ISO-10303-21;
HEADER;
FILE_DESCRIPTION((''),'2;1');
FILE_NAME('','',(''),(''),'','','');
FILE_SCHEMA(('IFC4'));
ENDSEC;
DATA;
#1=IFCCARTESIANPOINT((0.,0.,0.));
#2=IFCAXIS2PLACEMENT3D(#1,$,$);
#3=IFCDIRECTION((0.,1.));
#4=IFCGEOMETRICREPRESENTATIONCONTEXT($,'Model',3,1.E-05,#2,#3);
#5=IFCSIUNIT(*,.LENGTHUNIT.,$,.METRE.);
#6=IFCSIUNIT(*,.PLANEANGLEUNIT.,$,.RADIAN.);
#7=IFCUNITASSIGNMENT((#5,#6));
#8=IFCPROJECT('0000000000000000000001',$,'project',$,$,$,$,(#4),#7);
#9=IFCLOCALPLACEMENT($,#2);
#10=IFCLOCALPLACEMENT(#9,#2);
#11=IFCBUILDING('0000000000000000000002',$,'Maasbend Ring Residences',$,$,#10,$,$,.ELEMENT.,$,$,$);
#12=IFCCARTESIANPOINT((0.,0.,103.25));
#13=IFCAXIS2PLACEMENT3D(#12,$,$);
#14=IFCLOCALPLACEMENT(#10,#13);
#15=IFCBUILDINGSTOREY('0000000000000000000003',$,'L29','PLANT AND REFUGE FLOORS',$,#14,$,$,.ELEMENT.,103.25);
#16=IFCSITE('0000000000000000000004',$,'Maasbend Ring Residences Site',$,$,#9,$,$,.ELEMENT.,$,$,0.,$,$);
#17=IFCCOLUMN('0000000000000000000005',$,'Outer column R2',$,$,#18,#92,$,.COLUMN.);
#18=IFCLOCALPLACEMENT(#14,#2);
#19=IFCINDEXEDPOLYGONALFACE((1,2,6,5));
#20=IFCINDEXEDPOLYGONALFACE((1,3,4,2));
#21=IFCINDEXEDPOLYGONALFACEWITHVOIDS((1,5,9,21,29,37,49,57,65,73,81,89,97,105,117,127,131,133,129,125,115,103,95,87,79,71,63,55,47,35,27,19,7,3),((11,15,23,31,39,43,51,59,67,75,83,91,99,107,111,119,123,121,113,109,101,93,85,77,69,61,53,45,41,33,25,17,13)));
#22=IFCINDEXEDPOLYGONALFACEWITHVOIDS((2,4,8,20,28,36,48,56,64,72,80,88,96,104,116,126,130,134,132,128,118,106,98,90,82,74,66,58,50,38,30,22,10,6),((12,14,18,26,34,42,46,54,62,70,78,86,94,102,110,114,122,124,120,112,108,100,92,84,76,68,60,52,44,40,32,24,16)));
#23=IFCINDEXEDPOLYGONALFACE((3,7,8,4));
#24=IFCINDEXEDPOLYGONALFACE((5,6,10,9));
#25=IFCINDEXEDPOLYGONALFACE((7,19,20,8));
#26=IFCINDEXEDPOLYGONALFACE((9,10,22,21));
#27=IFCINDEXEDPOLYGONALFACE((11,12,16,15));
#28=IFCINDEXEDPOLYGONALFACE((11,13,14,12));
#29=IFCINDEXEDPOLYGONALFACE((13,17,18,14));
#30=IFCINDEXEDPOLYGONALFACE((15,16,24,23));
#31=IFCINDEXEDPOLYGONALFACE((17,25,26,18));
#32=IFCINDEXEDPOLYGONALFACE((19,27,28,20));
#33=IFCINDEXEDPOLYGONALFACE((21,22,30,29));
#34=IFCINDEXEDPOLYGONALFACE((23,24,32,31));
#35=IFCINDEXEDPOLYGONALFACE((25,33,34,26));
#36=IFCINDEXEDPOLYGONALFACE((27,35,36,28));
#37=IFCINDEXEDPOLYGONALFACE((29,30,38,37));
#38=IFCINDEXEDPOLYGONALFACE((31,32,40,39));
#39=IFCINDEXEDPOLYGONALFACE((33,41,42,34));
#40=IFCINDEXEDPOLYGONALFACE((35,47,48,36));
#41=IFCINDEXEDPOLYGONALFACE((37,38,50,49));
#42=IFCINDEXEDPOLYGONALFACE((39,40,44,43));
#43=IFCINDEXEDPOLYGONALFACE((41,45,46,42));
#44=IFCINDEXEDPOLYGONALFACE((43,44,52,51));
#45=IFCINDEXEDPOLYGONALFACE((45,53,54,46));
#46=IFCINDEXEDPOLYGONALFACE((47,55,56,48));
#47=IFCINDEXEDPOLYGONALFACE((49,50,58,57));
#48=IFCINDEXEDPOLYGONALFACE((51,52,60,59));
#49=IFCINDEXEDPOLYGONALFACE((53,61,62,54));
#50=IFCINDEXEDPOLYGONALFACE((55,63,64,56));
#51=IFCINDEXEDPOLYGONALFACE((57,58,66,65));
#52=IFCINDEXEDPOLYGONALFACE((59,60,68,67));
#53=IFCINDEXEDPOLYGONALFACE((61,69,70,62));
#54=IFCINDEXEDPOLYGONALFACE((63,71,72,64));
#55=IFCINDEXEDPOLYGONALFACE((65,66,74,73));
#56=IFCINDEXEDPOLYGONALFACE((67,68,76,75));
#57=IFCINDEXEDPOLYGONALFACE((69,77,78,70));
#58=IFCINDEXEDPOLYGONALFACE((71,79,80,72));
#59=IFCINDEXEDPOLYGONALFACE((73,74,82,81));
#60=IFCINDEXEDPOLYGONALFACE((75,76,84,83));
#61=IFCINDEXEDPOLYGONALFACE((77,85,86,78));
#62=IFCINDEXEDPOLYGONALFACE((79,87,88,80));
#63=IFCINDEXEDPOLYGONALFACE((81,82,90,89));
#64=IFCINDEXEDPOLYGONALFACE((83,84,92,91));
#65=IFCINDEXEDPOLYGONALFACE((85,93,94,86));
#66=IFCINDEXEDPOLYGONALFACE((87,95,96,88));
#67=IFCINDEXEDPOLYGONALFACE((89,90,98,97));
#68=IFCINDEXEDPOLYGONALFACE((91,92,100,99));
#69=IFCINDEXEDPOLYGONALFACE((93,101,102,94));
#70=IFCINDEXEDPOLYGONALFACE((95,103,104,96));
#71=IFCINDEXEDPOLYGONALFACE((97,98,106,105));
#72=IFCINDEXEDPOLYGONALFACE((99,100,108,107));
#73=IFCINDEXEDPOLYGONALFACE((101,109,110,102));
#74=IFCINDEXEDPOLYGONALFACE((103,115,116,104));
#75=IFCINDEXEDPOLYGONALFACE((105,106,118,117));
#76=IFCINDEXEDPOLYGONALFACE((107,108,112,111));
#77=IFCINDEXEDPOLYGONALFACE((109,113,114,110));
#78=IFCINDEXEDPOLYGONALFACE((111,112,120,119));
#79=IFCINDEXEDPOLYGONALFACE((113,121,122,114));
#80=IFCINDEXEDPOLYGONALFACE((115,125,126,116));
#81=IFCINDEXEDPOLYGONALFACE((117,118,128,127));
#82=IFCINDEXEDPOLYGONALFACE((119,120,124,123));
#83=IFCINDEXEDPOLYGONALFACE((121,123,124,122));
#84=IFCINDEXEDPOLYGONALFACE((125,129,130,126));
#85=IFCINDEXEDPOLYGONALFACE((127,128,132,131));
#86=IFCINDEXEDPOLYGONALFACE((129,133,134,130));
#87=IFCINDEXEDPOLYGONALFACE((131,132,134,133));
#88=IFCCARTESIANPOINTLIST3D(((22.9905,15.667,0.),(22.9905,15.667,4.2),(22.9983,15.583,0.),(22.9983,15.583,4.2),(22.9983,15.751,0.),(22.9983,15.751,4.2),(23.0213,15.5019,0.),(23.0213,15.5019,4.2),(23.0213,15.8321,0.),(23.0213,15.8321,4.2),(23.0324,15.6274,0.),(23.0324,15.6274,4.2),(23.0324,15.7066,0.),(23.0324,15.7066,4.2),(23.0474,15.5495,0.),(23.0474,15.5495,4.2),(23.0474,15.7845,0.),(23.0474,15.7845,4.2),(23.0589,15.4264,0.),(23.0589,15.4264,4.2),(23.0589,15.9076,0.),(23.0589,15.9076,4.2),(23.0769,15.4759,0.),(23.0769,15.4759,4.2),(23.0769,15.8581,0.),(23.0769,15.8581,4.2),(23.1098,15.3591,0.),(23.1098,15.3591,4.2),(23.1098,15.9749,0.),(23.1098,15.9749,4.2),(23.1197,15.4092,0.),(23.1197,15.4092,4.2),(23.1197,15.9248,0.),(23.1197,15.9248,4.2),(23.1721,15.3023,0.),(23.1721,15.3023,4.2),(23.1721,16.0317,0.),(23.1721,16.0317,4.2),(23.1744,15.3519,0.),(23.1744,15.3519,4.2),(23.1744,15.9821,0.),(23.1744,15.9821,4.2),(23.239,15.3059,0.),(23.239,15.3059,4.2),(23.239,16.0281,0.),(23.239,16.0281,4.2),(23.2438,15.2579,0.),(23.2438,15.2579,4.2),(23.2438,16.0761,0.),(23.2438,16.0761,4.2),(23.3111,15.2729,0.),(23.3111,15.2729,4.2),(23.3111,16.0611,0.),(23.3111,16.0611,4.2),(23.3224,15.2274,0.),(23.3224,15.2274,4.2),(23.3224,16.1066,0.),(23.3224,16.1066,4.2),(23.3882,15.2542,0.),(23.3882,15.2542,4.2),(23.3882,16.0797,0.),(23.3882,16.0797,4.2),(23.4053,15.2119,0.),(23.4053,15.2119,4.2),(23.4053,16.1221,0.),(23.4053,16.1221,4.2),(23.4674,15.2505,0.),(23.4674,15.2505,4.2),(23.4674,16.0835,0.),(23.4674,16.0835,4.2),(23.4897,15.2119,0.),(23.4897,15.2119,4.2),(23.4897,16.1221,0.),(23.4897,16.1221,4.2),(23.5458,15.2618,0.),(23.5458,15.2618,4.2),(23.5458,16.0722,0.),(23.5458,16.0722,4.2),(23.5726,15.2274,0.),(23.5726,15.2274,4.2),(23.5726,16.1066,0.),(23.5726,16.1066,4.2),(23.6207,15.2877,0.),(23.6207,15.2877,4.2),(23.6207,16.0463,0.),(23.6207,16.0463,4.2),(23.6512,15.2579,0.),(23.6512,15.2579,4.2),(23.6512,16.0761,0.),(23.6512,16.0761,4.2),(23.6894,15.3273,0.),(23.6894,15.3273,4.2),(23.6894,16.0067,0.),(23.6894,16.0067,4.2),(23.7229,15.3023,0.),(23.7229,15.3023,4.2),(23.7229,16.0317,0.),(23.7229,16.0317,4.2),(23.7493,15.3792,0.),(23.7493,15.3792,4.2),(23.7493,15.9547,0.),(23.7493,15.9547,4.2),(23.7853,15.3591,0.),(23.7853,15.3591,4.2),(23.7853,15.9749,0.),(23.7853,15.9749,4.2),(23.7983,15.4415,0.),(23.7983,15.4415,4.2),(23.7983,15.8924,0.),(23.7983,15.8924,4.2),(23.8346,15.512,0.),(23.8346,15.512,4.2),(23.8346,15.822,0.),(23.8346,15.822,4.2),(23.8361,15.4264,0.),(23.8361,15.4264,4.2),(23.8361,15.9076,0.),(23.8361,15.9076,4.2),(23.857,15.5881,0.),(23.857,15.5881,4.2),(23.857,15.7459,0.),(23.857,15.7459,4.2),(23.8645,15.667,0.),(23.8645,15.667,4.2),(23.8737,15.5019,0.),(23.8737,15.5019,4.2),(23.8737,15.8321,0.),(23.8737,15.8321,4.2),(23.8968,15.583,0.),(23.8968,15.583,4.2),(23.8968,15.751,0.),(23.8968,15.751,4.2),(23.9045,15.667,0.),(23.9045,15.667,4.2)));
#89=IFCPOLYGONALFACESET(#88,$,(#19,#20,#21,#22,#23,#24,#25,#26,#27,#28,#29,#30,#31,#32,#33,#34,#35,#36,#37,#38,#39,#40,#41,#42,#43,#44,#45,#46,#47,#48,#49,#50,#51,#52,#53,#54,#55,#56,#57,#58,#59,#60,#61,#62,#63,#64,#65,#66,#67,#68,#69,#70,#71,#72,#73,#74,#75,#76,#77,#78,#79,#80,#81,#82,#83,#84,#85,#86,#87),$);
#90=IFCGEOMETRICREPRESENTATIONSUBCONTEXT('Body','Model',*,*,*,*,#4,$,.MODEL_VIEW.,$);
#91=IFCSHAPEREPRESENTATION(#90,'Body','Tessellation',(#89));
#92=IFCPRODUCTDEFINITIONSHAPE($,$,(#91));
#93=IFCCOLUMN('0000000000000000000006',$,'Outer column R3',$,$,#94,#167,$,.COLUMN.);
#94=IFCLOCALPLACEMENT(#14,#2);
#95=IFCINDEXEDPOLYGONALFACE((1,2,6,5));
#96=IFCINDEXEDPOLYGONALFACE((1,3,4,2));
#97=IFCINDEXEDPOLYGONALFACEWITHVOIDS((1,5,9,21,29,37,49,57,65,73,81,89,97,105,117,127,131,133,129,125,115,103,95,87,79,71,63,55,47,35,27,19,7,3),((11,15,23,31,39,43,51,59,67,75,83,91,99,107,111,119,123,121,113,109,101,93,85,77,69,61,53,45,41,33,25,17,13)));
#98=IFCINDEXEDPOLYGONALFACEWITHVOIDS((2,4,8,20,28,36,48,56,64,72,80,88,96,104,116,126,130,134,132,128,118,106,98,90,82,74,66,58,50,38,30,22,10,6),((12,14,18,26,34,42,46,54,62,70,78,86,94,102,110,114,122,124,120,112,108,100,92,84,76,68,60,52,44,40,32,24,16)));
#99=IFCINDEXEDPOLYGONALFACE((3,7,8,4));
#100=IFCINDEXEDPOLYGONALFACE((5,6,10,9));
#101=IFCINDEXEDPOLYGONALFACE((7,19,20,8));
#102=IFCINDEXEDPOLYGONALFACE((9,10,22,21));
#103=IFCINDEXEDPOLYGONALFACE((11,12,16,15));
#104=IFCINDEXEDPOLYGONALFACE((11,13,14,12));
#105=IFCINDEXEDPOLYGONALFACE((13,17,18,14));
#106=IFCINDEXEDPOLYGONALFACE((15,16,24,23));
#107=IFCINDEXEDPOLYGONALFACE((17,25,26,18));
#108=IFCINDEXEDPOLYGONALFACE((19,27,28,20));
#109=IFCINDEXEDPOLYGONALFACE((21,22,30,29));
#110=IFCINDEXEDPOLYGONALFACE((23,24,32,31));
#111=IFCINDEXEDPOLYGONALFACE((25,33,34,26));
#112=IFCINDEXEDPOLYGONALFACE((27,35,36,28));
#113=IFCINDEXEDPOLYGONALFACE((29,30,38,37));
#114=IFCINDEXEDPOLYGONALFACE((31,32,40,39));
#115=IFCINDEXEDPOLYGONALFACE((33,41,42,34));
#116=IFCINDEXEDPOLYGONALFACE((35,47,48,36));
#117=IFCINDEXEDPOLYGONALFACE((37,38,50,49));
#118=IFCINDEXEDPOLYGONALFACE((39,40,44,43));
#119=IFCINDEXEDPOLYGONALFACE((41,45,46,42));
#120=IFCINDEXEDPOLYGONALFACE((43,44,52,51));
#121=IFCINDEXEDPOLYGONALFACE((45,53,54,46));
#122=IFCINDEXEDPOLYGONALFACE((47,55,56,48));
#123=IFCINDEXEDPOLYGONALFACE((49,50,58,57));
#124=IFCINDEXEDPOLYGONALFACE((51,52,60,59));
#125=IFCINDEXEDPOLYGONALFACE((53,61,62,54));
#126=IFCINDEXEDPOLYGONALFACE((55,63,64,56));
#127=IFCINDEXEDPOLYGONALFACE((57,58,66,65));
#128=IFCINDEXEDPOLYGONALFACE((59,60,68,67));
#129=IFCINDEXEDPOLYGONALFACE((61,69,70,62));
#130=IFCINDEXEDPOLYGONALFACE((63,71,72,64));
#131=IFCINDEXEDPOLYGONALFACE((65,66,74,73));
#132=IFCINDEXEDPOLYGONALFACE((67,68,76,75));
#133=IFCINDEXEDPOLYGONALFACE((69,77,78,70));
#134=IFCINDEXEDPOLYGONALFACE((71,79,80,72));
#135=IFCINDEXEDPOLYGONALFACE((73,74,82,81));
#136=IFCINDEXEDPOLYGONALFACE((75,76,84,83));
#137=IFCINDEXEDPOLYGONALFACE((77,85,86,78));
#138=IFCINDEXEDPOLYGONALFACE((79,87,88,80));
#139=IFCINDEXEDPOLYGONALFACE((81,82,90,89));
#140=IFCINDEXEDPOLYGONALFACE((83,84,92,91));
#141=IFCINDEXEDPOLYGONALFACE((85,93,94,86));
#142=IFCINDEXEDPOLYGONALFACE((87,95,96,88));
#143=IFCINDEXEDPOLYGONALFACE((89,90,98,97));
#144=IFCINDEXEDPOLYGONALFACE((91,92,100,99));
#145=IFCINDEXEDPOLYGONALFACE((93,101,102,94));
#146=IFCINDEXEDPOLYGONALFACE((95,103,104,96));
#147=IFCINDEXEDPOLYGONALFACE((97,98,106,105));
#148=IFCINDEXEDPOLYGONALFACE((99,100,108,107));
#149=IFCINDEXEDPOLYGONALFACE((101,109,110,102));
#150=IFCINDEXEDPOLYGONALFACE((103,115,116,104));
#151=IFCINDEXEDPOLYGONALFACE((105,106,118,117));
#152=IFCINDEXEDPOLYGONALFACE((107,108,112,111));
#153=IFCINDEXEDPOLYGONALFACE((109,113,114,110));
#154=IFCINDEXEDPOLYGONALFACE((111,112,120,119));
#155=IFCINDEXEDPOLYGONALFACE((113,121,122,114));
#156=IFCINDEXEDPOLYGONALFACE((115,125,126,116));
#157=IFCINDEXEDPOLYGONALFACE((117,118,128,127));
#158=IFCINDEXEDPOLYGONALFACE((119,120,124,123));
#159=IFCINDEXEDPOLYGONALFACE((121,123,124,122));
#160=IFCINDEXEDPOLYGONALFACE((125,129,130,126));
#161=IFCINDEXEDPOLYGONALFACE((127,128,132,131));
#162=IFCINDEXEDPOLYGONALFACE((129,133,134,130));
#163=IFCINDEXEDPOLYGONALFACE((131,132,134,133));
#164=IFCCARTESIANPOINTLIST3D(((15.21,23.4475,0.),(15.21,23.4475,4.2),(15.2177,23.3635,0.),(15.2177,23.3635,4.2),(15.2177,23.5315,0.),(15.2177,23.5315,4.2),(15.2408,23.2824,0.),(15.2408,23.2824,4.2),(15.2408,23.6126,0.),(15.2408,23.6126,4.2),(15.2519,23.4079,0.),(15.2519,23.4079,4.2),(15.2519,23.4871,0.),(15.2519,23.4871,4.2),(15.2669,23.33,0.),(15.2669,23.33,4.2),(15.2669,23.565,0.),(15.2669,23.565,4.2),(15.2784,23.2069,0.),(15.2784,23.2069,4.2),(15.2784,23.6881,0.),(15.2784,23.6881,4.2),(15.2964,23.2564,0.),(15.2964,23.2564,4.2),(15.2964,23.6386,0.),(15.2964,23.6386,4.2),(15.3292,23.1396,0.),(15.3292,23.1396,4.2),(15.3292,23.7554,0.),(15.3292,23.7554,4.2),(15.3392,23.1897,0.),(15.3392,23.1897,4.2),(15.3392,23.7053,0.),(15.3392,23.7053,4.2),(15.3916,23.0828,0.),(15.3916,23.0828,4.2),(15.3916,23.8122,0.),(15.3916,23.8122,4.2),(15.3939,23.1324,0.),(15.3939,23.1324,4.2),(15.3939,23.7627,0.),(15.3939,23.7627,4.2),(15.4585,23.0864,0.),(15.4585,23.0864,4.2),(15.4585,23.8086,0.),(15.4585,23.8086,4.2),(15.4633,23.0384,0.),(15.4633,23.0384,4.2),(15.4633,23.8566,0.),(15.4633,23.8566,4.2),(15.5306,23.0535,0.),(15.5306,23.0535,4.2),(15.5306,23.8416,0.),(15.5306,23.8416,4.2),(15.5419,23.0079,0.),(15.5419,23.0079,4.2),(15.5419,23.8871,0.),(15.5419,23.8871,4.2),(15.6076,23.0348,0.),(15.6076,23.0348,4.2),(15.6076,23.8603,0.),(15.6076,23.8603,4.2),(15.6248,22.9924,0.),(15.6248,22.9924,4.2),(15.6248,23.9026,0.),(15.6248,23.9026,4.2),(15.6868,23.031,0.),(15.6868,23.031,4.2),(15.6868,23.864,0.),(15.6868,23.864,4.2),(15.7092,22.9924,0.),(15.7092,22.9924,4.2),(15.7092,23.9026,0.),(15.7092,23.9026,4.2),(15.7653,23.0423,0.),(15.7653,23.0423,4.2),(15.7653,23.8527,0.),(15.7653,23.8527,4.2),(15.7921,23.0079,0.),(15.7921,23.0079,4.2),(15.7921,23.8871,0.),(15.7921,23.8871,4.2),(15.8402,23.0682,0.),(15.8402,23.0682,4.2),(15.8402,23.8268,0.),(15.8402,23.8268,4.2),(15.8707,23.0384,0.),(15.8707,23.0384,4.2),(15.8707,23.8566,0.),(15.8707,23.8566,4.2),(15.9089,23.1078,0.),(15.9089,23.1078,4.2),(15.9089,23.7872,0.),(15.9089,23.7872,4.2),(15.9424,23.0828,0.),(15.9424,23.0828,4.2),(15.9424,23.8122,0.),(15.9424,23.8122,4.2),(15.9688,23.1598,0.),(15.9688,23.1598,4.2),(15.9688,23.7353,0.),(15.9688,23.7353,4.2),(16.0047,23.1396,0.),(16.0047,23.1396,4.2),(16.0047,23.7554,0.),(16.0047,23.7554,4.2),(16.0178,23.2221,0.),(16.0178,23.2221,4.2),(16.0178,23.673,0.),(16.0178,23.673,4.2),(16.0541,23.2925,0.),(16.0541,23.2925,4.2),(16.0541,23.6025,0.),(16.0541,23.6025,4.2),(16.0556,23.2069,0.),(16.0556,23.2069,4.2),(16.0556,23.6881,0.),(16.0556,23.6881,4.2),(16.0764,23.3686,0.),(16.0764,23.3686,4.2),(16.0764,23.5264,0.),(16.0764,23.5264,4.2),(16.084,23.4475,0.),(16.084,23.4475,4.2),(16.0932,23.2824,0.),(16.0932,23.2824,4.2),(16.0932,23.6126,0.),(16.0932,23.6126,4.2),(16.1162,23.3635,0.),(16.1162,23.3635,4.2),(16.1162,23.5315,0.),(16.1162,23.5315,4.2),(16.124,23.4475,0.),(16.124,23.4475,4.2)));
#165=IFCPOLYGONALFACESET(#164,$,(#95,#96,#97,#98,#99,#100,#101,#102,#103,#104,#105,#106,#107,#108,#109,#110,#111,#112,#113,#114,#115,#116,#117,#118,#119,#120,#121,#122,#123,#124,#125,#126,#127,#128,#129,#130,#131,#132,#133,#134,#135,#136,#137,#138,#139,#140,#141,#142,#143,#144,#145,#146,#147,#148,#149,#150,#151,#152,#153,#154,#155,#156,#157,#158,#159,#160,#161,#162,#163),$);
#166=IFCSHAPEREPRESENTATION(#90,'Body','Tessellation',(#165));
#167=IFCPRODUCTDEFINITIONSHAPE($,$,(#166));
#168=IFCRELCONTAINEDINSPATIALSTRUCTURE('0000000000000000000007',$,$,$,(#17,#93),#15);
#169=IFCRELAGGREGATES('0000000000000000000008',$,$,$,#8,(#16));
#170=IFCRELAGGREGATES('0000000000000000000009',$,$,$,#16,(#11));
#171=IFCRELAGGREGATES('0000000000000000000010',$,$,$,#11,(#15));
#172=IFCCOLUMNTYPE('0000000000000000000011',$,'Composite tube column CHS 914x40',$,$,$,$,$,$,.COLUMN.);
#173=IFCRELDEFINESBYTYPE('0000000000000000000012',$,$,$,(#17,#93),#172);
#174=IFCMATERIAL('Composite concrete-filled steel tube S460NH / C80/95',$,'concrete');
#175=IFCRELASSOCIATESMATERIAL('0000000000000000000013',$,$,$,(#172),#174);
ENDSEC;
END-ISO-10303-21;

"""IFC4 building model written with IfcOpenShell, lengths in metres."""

from ifc_helpers import new_model, si_unit, direction, frame, origin, origin_2d, place, context, subcontext, project, spatial, hollow_circle, extrude, material, material_profile, profile_set, type_object, element, save


model = new_model("IFC4")

# Units and contexts
model_context = context("Model", 3, precision=1e-05, world=origin(), true_north=direction((0.0, 1.0)))
body_context = subcontext(model_context, "Body", "Model", "MODEL_VIEW")
ifc_project = project(units=[si_unit("LENGTHUNIT", "METRE"), si_unit("PLANEANGLEUNIT", "RADIAN")], contexts=[model_context])

# Site, building, storey
site_placement = place(None, origin())
site = spatial("IfcSite", under=ifc_project, at=site_placement, Name="Maasbend Ring Residences Site", CompositionType="ELEMENT", RefElevation=0.0)
building_placement = place(site_placement, origin())
building = spatial("IfcBuilding", under=site, at=building_placement, Name="Maasbend Ring Residences", CompositionType="ELEMENT")
storey_placement = place(building_placement, frame((0.0, 0.0, 103.25)))
storey = spatial("IfcBuildingStorey", under=building, at=storey_placement, Name="L29", Description="PLANT AND REFUGE FLOORS", CompositionType="ELEMENT", Elevation=103.25)

# Columns
ifc_material_1 = material(Name="Composite concrete-filled steel tube S460NH / C80/95", Category="concrete")
ifc_material_profile_1 = material_profile(ifc_material_1, hollow_circle(Radius=0.457, WallThickness=0.04, at=origin_2d()), Name="Composite tube column CHS 914x40")
ifc_profile_set_1 = profile_set([ifc_material_profile_1], Name="Composite concrete-filled steel tube S460NH / C80/95")
column_type_1 = type_object("IfcColumnType", Name="Composite tube column CHS 914x40", PredefinedType="COLUMN", material=ifc_profile_set_1)
for number, where, z_axis, x_axis, name in (
    (1, (23.4475, 15.667, 0.0), (0.0, 0.0, 1.0), (1.0, 0.0, 0.0), "Outer column R2"),
    (2, (15.667, 23.4475, 0.0), (0.0, 0.0, 1.0), (1.0, 0.0, 0.0), "Outer column R3"),
):
    element("IfcColumn", number, at=place(storey_placement, frame(where, z_axis=z_axis, x_axis=x_axis)), inside=storey, type_object=column_type_1, Name=name, PredefinedType="COLUMN", context=body_context, shape_type="SweptSolid", body=[
        extrude(hollow_circle(Radius=0.457, WallThickness=0.04, at=origin_2d()), origin(), (0.0, 0.0, 1.0), 4.2),
    ])

save(model, "model.ifc")
